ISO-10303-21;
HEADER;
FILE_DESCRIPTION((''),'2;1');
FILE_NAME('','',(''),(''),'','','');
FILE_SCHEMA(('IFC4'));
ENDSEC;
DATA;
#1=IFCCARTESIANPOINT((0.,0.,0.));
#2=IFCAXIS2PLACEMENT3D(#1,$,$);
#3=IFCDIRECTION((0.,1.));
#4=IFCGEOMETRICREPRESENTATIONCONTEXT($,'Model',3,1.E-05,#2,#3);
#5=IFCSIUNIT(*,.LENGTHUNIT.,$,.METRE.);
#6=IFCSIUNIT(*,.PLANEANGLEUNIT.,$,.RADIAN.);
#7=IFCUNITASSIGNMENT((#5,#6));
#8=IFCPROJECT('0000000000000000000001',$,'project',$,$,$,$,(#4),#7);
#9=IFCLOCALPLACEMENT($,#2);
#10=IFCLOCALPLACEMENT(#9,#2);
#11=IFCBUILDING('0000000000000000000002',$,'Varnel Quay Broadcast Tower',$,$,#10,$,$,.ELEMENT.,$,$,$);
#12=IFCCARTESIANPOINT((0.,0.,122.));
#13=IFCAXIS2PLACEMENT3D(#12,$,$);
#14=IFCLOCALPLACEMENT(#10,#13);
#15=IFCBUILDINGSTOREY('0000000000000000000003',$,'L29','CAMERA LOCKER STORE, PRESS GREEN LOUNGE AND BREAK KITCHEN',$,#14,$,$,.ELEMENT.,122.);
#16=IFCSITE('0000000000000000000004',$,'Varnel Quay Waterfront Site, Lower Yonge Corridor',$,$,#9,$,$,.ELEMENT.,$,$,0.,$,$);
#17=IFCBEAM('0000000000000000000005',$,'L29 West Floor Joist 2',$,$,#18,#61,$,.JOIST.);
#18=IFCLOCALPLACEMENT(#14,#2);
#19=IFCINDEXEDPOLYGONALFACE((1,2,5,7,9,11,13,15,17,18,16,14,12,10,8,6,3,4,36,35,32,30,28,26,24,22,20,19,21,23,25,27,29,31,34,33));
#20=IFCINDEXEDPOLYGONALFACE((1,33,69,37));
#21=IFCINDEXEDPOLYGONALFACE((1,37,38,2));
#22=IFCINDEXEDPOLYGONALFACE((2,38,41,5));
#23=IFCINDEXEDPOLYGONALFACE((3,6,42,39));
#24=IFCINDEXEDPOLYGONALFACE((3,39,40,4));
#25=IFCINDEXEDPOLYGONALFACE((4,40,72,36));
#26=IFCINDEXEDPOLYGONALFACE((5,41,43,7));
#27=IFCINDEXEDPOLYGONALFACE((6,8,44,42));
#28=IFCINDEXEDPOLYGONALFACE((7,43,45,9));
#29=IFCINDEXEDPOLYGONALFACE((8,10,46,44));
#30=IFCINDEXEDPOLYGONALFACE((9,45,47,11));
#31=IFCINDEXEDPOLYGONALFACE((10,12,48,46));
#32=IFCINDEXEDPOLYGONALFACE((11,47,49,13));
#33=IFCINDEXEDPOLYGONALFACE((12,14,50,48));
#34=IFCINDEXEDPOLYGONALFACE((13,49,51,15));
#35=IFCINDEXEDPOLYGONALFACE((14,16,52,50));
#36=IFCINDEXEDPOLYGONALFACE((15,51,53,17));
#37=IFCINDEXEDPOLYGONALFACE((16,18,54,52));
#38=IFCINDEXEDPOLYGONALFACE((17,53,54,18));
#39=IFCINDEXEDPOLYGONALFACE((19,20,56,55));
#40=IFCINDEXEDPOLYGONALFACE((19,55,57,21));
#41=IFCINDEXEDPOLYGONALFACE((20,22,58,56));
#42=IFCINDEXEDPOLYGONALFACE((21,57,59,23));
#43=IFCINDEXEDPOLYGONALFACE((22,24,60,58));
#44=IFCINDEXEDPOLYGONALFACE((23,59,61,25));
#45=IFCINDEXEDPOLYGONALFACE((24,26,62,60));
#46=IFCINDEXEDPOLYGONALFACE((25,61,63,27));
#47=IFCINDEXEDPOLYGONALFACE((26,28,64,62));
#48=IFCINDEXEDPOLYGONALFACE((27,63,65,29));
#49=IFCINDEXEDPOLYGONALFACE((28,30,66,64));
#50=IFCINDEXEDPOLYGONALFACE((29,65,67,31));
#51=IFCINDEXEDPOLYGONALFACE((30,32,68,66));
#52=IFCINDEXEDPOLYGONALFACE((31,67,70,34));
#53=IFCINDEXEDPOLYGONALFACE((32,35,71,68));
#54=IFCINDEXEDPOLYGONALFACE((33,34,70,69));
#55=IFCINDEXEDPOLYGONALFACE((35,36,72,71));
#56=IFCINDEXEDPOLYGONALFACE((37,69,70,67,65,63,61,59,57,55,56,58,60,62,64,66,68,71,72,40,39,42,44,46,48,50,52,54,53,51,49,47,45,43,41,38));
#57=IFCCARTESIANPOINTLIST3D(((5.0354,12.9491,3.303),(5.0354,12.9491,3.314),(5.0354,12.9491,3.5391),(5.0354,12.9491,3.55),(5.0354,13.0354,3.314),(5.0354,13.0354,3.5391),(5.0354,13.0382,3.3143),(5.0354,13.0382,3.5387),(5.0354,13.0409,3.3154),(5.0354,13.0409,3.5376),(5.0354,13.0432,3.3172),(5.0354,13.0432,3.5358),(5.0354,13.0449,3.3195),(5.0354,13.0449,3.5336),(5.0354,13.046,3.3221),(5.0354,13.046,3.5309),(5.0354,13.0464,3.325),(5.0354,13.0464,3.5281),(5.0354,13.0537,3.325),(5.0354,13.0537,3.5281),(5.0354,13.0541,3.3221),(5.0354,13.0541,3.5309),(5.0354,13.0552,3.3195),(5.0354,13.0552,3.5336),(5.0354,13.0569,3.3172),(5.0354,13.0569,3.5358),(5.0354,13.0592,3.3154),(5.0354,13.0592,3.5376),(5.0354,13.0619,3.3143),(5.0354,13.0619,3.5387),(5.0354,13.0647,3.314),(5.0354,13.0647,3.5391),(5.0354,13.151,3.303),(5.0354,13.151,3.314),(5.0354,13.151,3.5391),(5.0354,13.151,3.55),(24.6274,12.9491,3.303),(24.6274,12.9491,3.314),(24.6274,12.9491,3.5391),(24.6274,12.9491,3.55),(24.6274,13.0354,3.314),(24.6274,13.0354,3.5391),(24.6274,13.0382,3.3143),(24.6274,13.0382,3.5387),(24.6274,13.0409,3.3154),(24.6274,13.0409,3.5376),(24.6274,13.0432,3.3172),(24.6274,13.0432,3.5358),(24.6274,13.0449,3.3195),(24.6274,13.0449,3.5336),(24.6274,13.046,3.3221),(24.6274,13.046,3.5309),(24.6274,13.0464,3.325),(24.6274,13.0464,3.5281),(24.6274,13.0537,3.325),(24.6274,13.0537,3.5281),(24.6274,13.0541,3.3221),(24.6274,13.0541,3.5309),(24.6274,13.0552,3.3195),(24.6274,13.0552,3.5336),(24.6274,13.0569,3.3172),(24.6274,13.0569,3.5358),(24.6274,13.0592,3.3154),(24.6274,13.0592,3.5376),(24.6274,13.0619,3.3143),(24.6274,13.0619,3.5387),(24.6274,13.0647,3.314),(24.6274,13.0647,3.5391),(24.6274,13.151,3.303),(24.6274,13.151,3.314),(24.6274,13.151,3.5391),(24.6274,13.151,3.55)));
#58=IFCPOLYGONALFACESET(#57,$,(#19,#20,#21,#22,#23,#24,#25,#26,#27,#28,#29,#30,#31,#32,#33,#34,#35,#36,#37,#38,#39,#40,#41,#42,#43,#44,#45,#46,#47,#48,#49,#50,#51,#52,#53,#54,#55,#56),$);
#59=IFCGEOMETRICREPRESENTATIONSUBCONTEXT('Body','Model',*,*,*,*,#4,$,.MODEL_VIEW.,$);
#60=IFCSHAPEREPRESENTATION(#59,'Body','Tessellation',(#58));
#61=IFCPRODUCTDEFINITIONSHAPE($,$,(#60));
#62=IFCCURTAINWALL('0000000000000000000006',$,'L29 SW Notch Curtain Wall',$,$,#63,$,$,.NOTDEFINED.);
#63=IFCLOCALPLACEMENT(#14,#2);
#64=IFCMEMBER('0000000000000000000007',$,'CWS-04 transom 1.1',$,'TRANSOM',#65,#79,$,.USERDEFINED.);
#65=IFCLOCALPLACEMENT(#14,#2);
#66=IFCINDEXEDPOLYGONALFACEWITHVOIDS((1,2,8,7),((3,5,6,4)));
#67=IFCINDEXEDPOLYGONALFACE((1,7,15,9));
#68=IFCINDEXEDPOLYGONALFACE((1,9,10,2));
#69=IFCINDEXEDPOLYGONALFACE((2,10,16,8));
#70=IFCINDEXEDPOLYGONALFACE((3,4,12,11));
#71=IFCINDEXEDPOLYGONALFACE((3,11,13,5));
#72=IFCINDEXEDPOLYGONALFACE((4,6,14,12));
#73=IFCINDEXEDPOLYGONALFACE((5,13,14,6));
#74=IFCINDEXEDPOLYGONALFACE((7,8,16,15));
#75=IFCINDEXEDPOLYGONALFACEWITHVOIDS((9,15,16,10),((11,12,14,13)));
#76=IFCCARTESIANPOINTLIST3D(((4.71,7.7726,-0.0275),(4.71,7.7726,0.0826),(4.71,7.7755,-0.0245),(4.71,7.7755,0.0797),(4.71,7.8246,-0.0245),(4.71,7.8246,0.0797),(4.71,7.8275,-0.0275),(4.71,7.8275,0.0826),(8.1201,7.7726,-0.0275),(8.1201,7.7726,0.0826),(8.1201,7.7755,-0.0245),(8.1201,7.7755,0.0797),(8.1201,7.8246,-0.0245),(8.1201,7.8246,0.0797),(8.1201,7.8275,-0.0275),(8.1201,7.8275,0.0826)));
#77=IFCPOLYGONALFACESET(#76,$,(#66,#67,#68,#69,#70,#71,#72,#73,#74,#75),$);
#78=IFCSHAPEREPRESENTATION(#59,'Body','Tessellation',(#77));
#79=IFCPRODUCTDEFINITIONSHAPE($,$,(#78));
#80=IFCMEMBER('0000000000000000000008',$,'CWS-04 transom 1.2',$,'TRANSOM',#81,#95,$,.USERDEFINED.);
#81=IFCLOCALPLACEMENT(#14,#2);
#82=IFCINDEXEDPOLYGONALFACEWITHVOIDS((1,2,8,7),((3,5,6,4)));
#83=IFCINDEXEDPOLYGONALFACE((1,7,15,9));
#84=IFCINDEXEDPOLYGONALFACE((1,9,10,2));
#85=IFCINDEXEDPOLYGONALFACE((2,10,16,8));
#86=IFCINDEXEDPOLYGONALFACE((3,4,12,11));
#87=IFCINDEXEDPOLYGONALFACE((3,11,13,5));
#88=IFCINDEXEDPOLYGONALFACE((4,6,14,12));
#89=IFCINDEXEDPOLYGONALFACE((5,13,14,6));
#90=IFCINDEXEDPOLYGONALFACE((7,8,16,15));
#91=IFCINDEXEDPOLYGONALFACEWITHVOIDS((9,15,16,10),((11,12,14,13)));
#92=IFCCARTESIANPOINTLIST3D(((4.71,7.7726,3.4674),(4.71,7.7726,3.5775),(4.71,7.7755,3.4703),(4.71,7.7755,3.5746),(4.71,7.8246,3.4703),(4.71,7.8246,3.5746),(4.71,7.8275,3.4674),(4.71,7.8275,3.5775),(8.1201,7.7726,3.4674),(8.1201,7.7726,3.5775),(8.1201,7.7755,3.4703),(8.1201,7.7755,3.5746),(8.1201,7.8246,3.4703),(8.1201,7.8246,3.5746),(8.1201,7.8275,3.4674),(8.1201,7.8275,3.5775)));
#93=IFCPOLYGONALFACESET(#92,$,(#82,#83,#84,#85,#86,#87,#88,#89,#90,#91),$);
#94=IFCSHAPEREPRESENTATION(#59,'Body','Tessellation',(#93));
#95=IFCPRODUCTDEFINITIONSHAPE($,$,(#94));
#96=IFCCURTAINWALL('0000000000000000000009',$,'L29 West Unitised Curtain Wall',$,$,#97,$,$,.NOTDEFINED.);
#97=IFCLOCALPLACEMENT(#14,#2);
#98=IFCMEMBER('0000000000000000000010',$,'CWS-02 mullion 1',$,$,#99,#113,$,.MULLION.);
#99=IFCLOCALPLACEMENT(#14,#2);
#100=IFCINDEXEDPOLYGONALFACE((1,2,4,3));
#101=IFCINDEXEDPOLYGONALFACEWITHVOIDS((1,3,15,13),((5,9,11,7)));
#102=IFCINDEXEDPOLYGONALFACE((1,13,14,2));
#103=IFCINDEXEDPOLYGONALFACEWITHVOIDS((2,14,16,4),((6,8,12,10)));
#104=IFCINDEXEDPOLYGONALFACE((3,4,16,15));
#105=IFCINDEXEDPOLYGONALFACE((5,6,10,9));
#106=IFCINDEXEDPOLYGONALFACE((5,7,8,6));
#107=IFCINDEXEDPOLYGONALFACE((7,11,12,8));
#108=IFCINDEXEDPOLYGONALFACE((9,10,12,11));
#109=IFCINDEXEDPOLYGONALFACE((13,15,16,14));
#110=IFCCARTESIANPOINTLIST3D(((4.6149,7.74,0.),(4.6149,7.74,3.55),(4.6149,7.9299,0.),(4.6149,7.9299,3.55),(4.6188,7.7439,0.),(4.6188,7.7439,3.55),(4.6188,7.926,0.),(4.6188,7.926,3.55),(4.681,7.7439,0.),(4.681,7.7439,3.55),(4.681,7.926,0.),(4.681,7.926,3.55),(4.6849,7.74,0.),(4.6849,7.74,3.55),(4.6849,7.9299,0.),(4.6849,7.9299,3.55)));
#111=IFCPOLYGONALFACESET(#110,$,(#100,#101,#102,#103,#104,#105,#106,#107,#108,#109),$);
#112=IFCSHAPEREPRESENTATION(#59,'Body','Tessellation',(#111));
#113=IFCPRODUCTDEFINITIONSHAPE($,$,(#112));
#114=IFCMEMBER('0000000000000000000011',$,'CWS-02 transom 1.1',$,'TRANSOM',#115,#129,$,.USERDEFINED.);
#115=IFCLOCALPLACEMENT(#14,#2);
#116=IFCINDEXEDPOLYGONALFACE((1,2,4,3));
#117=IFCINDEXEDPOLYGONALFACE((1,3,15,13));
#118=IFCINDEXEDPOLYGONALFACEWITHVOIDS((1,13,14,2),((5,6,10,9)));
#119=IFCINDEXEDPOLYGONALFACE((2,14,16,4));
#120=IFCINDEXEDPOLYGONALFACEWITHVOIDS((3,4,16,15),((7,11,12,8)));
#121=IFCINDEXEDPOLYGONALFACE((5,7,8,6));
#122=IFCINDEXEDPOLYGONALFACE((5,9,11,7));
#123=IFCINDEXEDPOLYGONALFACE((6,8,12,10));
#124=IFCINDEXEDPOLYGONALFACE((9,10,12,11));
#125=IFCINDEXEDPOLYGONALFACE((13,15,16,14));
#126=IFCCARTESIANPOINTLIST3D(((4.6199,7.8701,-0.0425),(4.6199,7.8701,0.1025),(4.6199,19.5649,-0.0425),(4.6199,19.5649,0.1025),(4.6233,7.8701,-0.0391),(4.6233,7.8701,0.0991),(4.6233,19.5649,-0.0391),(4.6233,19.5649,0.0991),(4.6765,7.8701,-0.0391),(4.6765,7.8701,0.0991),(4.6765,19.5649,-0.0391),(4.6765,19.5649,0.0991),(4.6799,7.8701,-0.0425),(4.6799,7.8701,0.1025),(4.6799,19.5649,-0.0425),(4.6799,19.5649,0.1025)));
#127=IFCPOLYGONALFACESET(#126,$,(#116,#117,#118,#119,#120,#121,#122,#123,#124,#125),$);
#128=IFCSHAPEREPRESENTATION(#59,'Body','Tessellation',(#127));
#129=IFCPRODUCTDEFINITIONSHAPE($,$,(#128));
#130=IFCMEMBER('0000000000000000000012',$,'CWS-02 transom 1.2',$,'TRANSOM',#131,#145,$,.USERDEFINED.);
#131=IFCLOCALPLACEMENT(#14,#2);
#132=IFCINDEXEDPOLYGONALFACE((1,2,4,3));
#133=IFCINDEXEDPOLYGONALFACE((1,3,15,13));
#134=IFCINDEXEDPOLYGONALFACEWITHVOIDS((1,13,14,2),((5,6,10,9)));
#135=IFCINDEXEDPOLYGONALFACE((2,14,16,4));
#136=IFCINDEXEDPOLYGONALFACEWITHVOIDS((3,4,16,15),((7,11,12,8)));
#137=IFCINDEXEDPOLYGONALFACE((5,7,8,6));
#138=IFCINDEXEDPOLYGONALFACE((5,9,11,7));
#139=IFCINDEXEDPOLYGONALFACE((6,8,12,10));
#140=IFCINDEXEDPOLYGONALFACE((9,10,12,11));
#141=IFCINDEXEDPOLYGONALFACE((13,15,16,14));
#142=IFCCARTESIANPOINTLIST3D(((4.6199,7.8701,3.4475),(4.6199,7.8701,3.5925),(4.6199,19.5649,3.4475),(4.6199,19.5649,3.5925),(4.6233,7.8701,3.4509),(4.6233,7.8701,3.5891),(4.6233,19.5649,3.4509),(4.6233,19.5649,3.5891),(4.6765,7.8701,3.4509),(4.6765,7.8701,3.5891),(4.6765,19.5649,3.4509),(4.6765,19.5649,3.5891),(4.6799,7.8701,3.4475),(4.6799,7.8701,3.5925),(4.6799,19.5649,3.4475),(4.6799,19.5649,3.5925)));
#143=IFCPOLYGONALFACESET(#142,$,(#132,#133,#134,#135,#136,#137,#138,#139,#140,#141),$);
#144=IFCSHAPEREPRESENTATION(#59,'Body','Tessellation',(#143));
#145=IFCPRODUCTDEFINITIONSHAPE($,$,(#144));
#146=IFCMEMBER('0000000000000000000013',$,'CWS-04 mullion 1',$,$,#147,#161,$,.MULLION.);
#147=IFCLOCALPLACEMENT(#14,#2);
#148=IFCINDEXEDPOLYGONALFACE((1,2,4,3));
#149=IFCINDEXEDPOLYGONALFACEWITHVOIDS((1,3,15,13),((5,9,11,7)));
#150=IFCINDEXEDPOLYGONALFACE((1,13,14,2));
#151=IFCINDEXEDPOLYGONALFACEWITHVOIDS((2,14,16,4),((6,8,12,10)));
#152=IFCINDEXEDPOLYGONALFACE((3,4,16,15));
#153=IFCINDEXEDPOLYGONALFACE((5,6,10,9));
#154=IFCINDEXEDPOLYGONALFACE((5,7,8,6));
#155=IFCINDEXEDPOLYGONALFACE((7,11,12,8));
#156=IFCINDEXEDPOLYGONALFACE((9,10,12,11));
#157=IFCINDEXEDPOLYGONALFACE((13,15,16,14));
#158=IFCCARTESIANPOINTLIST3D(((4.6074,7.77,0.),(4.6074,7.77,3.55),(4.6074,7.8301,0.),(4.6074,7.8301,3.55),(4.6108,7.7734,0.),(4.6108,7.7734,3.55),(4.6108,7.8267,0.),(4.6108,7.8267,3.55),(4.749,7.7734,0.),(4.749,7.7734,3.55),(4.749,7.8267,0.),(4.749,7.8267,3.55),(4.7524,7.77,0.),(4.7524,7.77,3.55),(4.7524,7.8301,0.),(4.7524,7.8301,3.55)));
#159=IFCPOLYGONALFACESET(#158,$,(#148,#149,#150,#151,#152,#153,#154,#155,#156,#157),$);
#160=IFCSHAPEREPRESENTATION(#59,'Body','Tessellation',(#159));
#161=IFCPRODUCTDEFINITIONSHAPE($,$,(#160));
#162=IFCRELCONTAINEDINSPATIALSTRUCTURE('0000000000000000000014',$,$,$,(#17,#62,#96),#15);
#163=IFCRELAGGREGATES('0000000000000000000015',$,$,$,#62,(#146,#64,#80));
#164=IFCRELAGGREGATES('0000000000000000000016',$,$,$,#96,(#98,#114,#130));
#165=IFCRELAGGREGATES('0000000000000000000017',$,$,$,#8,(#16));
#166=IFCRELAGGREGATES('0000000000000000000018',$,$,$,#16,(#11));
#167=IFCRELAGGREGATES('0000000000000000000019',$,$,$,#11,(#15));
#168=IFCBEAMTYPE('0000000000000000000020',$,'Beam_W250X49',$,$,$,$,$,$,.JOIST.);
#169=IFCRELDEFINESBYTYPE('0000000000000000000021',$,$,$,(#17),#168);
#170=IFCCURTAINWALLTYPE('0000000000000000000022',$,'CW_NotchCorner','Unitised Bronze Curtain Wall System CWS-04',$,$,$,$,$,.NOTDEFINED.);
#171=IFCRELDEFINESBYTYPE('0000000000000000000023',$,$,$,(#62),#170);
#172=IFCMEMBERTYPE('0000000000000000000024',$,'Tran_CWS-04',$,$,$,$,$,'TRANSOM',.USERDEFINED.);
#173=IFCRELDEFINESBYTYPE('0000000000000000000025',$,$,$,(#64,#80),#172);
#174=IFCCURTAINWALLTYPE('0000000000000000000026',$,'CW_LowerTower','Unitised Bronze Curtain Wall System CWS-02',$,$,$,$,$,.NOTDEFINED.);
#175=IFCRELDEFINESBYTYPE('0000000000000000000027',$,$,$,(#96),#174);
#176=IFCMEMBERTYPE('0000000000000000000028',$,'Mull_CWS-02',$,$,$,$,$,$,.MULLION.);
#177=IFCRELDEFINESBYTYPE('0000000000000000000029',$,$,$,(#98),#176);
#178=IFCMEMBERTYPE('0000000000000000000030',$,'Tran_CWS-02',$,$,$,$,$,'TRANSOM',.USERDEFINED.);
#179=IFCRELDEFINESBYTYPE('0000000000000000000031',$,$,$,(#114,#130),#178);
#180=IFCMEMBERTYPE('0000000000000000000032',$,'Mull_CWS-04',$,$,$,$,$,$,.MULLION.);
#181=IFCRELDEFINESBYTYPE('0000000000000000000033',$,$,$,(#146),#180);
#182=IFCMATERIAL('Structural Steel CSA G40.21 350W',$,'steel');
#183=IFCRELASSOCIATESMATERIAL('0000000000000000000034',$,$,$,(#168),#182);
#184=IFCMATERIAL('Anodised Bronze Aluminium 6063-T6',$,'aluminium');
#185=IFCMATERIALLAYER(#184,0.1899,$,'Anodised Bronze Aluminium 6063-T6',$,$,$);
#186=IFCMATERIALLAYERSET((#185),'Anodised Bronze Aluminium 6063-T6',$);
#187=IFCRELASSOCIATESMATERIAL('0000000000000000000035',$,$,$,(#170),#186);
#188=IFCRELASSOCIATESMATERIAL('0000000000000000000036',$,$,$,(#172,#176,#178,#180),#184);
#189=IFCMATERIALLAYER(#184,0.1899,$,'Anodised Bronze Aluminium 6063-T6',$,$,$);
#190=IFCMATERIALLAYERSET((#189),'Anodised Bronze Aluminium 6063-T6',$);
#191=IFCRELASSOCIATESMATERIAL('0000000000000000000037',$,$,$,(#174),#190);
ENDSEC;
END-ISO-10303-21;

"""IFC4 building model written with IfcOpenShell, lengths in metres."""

from ifc_helpers import new_model, si_unit, direction, frame, origin, origin_2d, place, context, subcontext, project, spatial, hollow_rectangle, i_section, extrude, source, transform, mapped, material, layer, layer_set, material_profile, profile_set, type_object, type_shapes, element, aggregate, save


model = new_model("IFC4")

# Units and contexts
model_context = context("Model", 3, precision=1e-05, world=origin(), true_north=direction((0.0, 1.0)))
body_context = subcontext(model_context, "Body", "Model", "MODEL_VIEW")
ifc_project = project(units=[si_unit("LENGTHUNIT", "METRE"), si_unit("PLANEANGLEUNIT", "RADIAN")], contexts=[model_context])

# Site, building, storey
site_placement = place(None, origin())
site = spatial("IfcSite", under=ifc_project, at=site_placement, Name="Varnel Quay Waterfront Site, Lower Yonge Corridor", CompositionType="ELEMENT", RefElevation=0.0)
building_placement = place(site_placement, origin())
building = spatial("IfcBuilding", under=site, at=building_placement, Name="Varnel Quay Broadcast Tower", CompositionType="ELEMENT")
storey_placement = place(building_placement, frame((0.0, 0.0, 122.0)))
storey = spatial("IfcBuildingStorey", under=building, at=storey_placement, Name="L29", Description="CAMERA LOCKER STORE, PRESS GREEN LOUNGE AND BREAK KITCHEN", CompositionType="ELEMENT", Elevation=122.0)

# Shared definitions
ifc_material_1 = material(Name="Structural Steel CSA G40.21 350W", Category="steel")

# Beam
ifc_material_profile_1 = material_profile(ifc_material_1, i_section(OverallWidth=0.2019, OverallDepth=0.2471, WebThickness=0.0073, FlangeThickness=0.011, FilletRadius=0.011, at=origin_2d()), Name="W250X49")
ifc_profile_set_1 = profile_set([ifc_material_profile_1], Name="Structural Steel CSA G40.21 350W")
beam_type_1 = type_object("IfcBeamType", Name="Beam_W250X49", PredefinedType="JOIST", material=ifc_profile_set_1)
shared_shape_1 = source(origin(), body_context, "Body", "SweptSolid", [
    extrude(i_section(OverallWidth=0.2019, OverallDepth=0.2471, WebThickness=0.0073, FlangeThickness=0.011, FilletRadius=0.011, at=origin_2d()), origin(), (0.0, 0.0, 1.0), 19.592),
])
type_shapes(beam_type_1, [shared_shape_1])
beam_1_placement = place(storey_placement, frame((5.0354, 13.05, 3.4265), z_axis=(1.0, 0.0, 0.0), x_axis=(0.0, 1.0, 0.0)))
element("IfcBeam", 1, at=beam_1_placement, inside=storey, type_object=beam_type_1, Name="L29 West Floor Joist 2", PredefinedType="JOIST", context=body_context, shape_type="MappedRepresentation", body=[
    mapped(shared_shape_1, transform((0.0, 0.0, 0.0), x_axis=(1.0, 0.0, 0.0), y_axis=(0.0, 1.0, 0.0), z_axis=(0.0, 0.0, 1.0), scale=1.0)),
])

# Curtain walls, members
ifc_material_2 = material(Name="Anodised Bronze Aluminium 6063-T6", Category="aluminium")
ifc_layer_1 = layer(ifc_material_2, 0.1899, Name="Anodised Bronze Aluminium 6063-T6")
ifc_layer_set_1 = layer_set([ifc_layer_1], Name="Anodised Bronze Aluminium 6063-T6")
curtain_wall_type_1 = type_object("IfcCurtainWallType", Name="CW_NotchCorner", Description="Unitised Bronze Curtain Wall System CWS-04", PredefinedType="NOTDEFINED", material=ifc_layer_set_1)
curtain_wall_1_placement = place(storey_placement, origin())
curtain_wall_1 = element("IfcCurtainWall", 2, at=curtain_wall_1_placement, inside=storey, type_object=curtain_wall_type_1, Name="L29 SW Notch Curtain Wall", PredefinedType="NOTDEFINED")
ifc_material_profile_2 = material_profile(ifc_material_2, hollow_rectangle(XDim=0.0549, YDim=0.1101, WallThickness=0.0029, at=origin_2d()), Name="ALU55X110X3")
ifc_profile_set_2 = profile_set([ifc_material_profile_2], Name="Anodised Bronze Aluminium 6063-T6")
member_type_1 = type_object("IfcMemberType", Name="Tran_CWS-04", ElementType="TRANSOM", PredefinedType="USERDEFINED", material=ifc_profile_set_2)
shared_shape_2 = source(origin(), body_context, "Body", "SweptSolid", [
    extrude(hollow_rectangle(XDim=0.0549, YDim=0.1101, WallThickness=0.0029, at=origin_2d()), origin(), (0.0, 0.0, 1.0), 3.4102),
])
type_shapes(member_type_1, [shared_shape_2])
member_1_placement = place(storey_placement, frame((4.71, 7.8, 0.0276), z_axis=(1.0, 0.0, 0.0), x_axis=(0.0, 1.0, 0.0)))
member_1 = element("IfcMember", 3, at=member_1_placement, type_object=member_type_1, Name="CWS-04 transom 1.1", ObjectType="TRANSOM", PredefinedType="USERDEFINED", context=body_context, shape_type="MappedRepresentation", body=[
    mapped(shared_shape_2, transform((0.0, 0.0, 0.0), x_axis=(1.0, 0.0, 0.0), y_axis=(0.0, 1.0, 0.0), z_axis=(0.0, 0.0, 1.0), scale=1.0)),
])
member_2_placement = place(storey_placement, frame((4.71, 7.8, 3.5225), z_axis=(1.0, 0.0, 0.0), x_axis=(0.0, 1.0, 0.0)))
member_2 = element("IfcMember", 4, at=member_2_placement, type_object=member_type_1, Name="CWS-04 transom 1.2", ObjectType="TRANSOM", PredefinedType="USERDEFINED", context=body_context, shape_type="MappedRepresentation", body=[
    mapped(shared_shape_2, transform((0.0, 0.0, 0.0), x_axis=(1.0, 0.0, 0.0), y_axis=(0.0, 1.0, 0.0), z_axis=(0.0, 0.0, 1.0), scale=1.0)),
])
ifc_layer_2 = layer(ifc_material_2, 0.1899, Name="Anodised Bronze Aluminium 6063-T6")
ifc_layer_set_2 = layer_set([ifc_layer_2], Name="Anodised Bronze Aluminium 6063-T6")
curtain_wall_type_2 = type_object("IfcCurtainWallType", Name="CW_LowerTower", Description="Unitised Bronze Curtain Wall System CWS-02", PredefinedType="NOTDEFINED", material=ifc_layer_set_2)
curtain_wall_2_placement = place(storey_placement, origin())
curtain_wall_2 = element("IfcCurtainWall", 5, at=curtain_wall_2_placement, inside=storey, type_object=curtain_wall_type_2, Name="L29 West Unitised Curtain Wall", PredefinedType="NOTDEFINED")
ifc_material_profile_3 = material_profile(ifc_material_2, hollow_rectangle(XDim=0.0701, YDim=0.1899, WallThickness=0.0039, at=origin_2d()), Name="ALU70X190X4")
ifc_profile_set_3 = profile_set([ifc_material_profile_3], Name="Anodised Bronze Aluminium 6063-T6")
member_type_2 = type_object("IfcMemberType", Name="Mull_CWS-02", PredefinedType="MULLION", material=ifc_profile_set_3)
shared_shape_3 = source(origin(), body_context, "Body", "SweptSolid", [
    extrude(hollow_rectangle(XDim=0.0701, YDim=0.1899, WallThickness=0.0039, at=origin_2d()), origin(), (0.0, 0.0, 1.0), 3.55),
])
type_shapes(member_type_2, [shared_shape_3])
member_3_placement = place(storey_placement, frame((4.6499, 7.835, 0.0), z_axis=(0.0, 0.0, 1.0), x_axis=(-1.0, 0.0, 0.0)))
member_3 = element("IfcMember", 6, at=member_3_placement, type_object=member_type_2, Name="CWS-02 mullion 1", PredefinedType="MULLION", context=body_context, shape_type="MappedRepresentation", body=[
    mapped(shared_shape_3, transform((0.0, 0.0, 0.0), x_axis=(1.0, 0.0, 0.0), y_axis=(0.0, 1.0, 0.0), z_axis=(0.0, 0.0, 1.0), scale=1.0)),
])
ifc_material_profile_4 = material_profile(ifc_material_2, hollow_rectangle(XDim=0.0601, YDim=0.145, WallThickness=0.0034, at=origin_2d()), Name="ALU60X145X3.5")
ifc_profile_set_4 = profile_set([ifc_material_profile_4], Name="Anodised Bronze Aluminium 6063-T6")
member_type_3 = type_object("IfcMemberType", Name="Tran_CWS-02", ElementType="TRANSOM", PredefinedType="USERDEFINED", material=ifc_profile_set_4)
shared_shape_4 = source(origin(), body_context, "Body", "SweptSolid", [
    extrude(hollow_rectangle(XDim=0.0601, YDim=0.145, WallThickness=0.0034, at=origin_2d()), origin(), (0.0, 0.0, 1.0), 11.6948),
])
type_shapes(member_type_3, [shared_shape_4])
member_4_placement = place(storey_placement, frame((4.6499, 7.8701, 0.03), z_axis=(0.0, 1.0, 0.0), x_axis=(-1.0, 0.0, 0.0)))
member_4 = element("IfcMember", 7, at=member_4_placement, type_object=member_type_3, Name="CWS-02 transom 1.1", ObjectType="TRANSOM", PredefinedType="USERDEFINED", context=body_context, shape_type="MappedRepresentation", body=[
    mapped(shared_shape_4, transform((0.0, 0.0, 0.0), x_axis=(1.0, 0.0, 0.0), y_axis=(0.0, 1.0, 0.0), z_axis=(0.0, 0.0, 1.0), scale=1.0)),
])
member_5_placement = place(storey_placement, frame((4.6499, 7.8701, 3.52), z_axis=(0.0, 1.0, 0.0), x_axis=(-1.0, 0.0, 0.0)))
member_5 = element("IfcMember", 8, at=member_5_placement, type_object=member_type_3, Name="CWS-02 transom 1.2", ObjectType="TRANSOM", PredefinedType="USERDEFINED", context=body_context, shape_type="MappedRepresentation", body=[
    mapped(shared_shape_4, transform((0.0, 0.0, 0.0), x_axis=(1.0, 0.0, 0.0), y_axis=(0.0, 1.0, 0.0), z_axis=(0.0, 0.0, 1.0), scale=1.0)),
])

# Member
ifc_material_profile_5 = material_profile(ifc_material_2, hollow_rectangle(XDim=0.0601, YDim=0.145, WallThickness=0.0034, at=origin_2d()), Name="ALU60X145X3.5")
ifc_profile_set_5 = profile_set([ifc_material_profile_5], Name="Anodised Bronze Aluminium 6063-T6")
member_type_4 = type_object("IfcMemberType", Name="Mull_CWS-04", PredefinedType="MULLION", material=ifc_profile_set_5)
shared_shape_5 = source(origin(), body_context, "Body", "SweptSolid", [
    extrude(hollow_rectangle(XDim=0.0601, YDim=0.145, WallThickness=0.0034, at=origin_2d()), origin(), (0.0, 0.0, 1.0), 3.55),
])
type_shapes(member_type_4, [shared_shape_5])
member_6_placement = place(storey_placement, frame((4.6799, 7.8, 0.0), z_axis=(0.0, 0.0, 1.0), x_axis=(0.0, 1.0, 0.0)))
member_6 = element("IfcMember", 9, at=member_6_placement, type_object=member_type_4, Name="CWS-04 mullion 1", PredefinedType="MULLION", context=body_context, shape_type="MappedRepresentation", body=[
    mapped(shared_shape_5, transform((0.0, 0.0, 0.0), x_axis=(1.0, 0.0, 0.0), y_axis=(0.0, 1.0, 0.0), z_axis=(0.0, 0.0, 1.0), scale=1.0)),
])
aggregate(curtain_wall_1, [member_6, member_1, member_2])

aggregate(curtain_wall_2, [member_3, member_4, member_5])

save(model, "model.ifc")
